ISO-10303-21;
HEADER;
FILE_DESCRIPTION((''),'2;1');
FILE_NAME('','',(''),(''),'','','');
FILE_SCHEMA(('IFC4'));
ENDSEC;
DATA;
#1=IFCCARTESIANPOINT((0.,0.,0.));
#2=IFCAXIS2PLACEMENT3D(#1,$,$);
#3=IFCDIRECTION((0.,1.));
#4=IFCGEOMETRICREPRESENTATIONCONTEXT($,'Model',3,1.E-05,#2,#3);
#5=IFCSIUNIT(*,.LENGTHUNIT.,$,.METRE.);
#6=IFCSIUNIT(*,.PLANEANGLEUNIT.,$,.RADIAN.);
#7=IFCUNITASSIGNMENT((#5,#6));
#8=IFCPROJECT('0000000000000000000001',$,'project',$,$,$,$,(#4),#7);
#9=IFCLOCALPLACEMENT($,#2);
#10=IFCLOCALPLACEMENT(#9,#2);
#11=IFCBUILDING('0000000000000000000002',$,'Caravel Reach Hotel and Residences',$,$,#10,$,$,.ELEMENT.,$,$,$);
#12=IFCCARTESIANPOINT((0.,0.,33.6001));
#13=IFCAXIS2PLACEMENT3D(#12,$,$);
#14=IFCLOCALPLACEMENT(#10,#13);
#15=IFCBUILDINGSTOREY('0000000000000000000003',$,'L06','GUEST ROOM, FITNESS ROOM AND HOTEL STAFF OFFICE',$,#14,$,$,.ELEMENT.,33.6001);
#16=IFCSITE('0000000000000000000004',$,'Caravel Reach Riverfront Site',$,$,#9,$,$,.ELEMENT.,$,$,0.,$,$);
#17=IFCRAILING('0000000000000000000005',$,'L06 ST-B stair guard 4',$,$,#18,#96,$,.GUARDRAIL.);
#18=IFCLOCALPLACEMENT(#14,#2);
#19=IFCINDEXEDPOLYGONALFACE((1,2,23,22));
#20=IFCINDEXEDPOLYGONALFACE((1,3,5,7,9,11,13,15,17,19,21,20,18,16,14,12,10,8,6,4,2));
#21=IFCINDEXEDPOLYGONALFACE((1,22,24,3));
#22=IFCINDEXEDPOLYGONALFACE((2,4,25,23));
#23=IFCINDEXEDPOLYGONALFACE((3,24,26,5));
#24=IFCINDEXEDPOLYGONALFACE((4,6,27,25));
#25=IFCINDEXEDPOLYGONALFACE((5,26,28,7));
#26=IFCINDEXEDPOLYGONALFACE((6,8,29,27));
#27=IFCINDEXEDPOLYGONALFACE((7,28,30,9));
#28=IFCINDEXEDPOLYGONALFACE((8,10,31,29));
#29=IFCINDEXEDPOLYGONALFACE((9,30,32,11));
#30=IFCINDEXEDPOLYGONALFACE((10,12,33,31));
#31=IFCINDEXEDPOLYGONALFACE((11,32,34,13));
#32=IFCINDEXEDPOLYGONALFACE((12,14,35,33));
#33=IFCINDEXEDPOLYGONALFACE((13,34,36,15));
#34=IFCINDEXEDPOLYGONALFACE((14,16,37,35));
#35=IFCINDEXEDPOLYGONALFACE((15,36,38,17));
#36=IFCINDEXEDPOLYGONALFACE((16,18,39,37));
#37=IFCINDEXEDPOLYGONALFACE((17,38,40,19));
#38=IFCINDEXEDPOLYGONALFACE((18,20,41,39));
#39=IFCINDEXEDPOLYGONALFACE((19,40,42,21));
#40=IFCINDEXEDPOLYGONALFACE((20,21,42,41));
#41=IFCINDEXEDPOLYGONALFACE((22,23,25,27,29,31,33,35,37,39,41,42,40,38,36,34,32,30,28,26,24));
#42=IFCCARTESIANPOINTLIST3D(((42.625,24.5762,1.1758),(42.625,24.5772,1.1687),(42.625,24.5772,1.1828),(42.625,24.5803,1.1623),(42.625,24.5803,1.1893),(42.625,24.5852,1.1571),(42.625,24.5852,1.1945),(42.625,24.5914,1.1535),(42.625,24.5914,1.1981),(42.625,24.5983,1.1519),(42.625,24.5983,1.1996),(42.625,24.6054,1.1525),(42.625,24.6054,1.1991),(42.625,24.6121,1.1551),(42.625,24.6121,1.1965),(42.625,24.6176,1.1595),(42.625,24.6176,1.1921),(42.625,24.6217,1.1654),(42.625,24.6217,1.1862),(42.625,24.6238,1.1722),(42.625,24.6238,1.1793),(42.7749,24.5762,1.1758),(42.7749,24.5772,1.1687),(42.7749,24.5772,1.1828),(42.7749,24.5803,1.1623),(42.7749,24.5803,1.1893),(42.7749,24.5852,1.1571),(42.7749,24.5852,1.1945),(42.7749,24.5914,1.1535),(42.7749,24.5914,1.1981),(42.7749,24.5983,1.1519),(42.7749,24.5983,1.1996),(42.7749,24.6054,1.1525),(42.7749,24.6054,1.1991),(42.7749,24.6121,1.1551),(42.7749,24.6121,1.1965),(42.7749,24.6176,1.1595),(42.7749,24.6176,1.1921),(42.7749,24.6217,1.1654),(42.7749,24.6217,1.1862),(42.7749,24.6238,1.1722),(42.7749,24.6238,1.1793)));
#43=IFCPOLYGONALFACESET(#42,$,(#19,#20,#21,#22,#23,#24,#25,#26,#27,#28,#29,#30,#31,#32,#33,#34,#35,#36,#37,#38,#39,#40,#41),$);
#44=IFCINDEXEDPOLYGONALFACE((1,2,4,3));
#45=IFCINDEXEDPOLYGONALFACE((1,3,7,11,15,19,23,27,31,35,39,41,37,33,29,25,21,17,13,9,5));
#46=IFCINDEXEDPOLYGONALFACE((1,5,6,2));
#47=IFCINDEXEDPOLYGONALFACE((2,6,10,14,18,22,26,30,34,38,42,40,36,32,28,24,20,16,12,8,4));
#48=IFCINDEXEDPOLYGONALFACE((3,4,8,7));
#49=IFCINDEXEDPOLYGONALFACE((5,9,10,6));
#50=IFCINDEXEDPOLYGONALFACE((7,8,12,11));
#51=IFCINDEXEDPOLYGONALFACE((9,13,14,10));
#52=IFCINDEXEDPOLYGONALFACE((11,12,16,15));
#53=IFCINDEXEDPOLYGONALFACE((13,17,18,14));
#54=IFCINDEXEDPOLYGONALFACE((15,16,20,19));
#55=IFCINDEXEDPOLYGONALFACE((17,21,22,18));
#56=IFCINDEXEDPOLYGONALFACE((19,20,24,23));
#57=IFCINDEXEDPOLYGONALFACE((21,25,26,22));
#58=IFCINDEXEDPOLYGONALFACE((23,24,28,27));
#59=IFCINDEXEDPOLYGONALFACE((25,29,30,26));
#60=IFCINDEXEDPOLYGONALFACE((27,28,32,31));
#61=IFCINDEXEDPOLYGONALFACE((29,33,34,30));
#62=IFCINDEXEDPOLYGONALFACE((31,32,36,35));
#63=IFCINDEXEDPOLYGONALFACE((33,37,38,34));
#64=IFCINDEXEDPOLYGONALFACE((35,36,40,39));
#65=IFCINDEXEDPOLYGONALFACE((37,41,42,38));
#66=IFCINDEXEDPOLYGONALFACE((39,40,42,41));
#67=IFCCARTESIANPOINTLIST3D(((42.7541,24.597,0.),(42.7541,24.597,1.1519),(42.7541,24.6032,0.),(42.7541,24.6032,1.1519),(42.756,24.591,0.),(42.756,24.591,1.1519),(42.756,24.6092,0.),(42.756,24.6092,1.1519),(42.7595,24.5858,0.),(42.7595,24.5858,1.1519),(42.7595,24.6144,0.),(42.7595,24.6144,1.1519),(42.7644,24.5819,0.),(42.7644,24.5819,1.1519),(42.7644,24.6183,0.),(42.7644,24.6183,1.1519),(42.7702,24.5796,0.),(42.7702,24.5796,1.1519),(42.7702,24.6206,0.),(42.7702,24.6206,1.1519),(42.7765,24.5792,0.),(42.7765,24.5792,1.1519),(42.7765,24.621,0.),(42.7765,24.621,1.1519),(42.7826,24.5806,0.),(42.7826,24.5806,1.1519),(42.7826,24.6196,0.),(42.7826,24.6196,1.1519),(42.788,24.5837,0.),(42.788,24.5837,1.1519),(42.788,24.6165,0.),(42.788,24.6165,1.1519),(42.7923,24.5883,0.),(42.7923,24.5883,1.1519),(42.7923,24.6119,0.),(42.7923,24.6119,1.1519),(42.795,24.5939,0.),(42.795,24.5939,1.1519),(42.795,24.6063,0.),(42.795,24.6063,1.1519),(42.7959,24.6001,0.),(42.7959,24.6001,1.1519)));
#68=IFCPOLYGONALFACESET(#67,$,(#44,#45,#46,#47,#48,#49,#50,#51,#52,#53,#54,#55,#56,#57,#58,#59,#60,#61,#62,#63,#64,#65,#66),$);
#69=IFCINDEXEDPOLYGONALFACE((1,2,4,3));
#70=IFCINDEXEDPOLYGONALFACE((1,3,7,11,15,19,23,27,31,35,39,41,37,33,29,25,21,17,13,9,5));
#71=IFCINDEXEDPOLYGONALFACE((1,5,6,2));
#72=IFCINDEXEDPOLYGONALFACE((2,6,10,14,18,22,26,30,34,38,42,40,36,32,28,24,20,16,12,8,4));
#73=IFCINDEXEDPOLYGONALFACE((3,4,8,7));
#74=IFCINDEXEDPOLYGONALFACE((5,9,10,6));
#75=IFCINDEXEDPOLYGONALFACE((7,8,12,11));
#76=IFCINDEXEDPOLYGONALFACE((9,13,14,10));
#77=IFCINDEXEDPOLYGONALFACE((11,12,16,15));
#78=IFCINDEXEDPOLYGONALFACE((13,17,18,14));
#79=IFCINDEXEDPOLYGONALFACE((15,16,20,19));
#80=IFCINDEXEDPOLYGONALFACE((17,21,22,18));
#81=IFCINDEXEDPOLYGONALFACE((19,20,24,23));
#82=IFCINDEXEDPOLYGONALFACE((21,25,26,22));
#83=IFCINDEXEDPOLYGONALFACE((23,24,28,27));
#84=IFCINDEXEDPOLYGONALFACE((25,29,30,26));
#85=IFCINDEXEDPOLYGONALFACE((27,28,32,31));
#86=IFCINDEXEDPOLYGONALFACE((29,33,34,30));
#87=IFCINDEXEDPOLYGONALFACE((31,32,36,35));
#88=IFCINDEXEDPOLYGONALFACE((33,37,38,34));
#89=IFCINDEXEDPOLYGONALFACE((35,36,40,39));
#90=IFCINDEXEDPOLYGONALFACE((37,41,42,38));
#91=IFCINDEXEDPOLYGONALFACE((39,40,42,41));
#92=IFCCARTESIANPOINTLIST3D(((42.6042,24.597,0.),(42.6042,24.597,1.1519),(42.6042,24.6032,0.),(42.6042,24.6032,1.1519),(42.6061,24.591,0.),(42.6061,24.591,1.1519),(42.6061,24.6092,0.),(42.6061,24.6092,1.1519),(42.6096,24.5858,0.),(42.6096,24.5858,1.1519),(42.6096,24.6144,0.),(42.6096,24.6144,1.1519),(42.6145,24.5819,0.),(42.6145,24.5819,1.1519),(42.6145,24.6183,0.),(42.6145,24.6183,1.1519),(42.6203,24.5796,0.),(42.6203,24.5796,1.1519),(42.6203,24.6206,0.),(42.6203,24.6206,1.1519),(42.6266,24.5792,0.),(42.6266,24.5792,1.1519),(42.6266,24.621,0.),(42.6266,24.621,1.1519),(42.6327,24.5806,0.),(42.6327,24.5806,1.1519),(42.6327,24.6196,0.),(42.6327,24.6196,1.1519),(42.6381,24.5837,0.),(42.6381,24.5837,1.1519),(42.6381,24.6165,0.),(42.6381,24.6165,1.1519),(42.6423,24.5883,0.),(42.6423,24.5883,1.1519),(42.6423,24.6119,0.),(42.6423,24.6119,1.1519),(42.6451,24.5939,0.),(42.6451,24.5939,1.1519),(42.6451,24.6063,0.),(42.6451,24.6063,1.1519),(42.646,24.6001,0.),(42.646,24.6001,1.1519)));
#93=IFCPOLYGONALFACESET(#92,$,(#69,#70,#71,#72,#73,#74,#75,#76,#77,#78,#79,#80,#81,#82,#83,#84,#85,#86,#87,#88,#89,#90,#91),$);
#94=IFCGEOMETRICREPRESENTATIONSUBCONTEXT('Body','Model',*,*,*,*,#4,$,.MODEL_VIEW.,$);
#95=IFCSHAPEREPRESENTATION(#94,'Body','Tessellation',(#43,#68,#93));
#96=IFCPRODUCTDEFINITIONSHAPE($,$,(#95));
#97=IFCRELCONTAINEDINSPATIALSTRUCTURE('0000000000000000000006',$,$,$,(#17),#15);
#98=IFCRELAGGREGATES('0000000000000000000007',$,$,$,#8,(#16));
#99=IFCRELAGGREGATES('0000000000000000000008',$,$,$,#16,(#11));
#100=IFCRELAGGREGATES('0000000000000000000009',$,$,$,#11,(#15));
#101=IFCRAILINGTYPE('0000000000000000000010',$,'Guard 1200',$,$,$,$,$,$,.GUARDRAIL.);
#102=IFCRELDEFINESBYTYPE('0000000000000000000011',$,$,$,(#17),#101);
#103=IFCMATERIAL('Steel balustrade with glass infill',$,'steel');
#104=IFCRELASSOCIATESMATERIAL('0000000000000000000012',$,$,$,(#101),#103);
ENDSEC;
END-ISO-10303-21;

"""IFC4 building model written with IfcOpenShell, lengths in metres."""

from ifc_helpers import new_model, si_unit, direction, frame, origin, origin_2d, place, context, subcontext, project, spatial, circle, extrude, material, type_object, element, save


model = new_model("IFC4")

# Units and contexts
model_context = context("Model", 3, precision=1e-05, world=origin(), true_north=direction((0.0, 1.0)))
body_context = subcontext(model_context, "Body", "Model", "MODEL_VIEW")
ifc_project = project(units=[si_unit("LENGTHUNIT", "METRE"), si_unit("PLANEANGLEUNIT", "RADIAN")], contexts=[model_context])

# Site, building, storey
site_placement = place(None, origin())
site = spatial("IfcSite", under=ifc_project, at=site_placement, Name="Caravel Reach Riverfront Site", CompositionType="ELEMENT", RefElevation=0.0)
building_placement = place(site_placement, origin())
building = spatial("IfcBuilding", under=site, at=building_placement, Name="Caravel Reach Hotel and Residences", CompositionType="ELEMENT")
storey_placement = place(building_placement, frame((0.0, 0.0, 33.6001)))
storey = spatial("IfcBuildingStorey", under=building, at=storey_placement, Name="L06", Description="GUEST ROOM, FITNESS ROOM AND HOTEL STAFF OFFICE", CompositionType="ELEMENT", Elevation=33.6001)

# Railing
ifc_material_1 = material(Name="Steel balustrade with glass infill", Category="steel")
railing_type = type_object("IfcRailingType", Name="Guard 1200", PredefinedType="GUARDRAIL", material=ifc_material_1)
railing_1_placement = place(storey_placement, frame((42.7749, 24.6001, 0.0)))
element("IfcRailing", 1, at=railing_1_placement, inside=storey, type_object=railing_type, Name="L06 ST-B stair guard 4", PredefinedType="GUARDRAIL", context=body_context, shape_type="SweptSolid", body=[
    extrude(circle(Radius=0.0239, at=origin_2d()), frame((0.0, 0.0, 1.1758), z_axis=(-1.0, 0.0, 0.0), x_axis=(0.0, -1.0, 0.0)), (0.0, 0.0, 1.0), 0.1499),
    extrude(circle(Radius=0.021, at=origin_2d()), origin(), (0.0, 0.0, 1.0), 1.1519),
    extrude(circle(Radius=0.021, at=origin_2d()), frame((-0.1499, 0.0, 0.0)), (0.0, 0.0, 1.0), 1.1519),
])

save(model, "model.ifc")
